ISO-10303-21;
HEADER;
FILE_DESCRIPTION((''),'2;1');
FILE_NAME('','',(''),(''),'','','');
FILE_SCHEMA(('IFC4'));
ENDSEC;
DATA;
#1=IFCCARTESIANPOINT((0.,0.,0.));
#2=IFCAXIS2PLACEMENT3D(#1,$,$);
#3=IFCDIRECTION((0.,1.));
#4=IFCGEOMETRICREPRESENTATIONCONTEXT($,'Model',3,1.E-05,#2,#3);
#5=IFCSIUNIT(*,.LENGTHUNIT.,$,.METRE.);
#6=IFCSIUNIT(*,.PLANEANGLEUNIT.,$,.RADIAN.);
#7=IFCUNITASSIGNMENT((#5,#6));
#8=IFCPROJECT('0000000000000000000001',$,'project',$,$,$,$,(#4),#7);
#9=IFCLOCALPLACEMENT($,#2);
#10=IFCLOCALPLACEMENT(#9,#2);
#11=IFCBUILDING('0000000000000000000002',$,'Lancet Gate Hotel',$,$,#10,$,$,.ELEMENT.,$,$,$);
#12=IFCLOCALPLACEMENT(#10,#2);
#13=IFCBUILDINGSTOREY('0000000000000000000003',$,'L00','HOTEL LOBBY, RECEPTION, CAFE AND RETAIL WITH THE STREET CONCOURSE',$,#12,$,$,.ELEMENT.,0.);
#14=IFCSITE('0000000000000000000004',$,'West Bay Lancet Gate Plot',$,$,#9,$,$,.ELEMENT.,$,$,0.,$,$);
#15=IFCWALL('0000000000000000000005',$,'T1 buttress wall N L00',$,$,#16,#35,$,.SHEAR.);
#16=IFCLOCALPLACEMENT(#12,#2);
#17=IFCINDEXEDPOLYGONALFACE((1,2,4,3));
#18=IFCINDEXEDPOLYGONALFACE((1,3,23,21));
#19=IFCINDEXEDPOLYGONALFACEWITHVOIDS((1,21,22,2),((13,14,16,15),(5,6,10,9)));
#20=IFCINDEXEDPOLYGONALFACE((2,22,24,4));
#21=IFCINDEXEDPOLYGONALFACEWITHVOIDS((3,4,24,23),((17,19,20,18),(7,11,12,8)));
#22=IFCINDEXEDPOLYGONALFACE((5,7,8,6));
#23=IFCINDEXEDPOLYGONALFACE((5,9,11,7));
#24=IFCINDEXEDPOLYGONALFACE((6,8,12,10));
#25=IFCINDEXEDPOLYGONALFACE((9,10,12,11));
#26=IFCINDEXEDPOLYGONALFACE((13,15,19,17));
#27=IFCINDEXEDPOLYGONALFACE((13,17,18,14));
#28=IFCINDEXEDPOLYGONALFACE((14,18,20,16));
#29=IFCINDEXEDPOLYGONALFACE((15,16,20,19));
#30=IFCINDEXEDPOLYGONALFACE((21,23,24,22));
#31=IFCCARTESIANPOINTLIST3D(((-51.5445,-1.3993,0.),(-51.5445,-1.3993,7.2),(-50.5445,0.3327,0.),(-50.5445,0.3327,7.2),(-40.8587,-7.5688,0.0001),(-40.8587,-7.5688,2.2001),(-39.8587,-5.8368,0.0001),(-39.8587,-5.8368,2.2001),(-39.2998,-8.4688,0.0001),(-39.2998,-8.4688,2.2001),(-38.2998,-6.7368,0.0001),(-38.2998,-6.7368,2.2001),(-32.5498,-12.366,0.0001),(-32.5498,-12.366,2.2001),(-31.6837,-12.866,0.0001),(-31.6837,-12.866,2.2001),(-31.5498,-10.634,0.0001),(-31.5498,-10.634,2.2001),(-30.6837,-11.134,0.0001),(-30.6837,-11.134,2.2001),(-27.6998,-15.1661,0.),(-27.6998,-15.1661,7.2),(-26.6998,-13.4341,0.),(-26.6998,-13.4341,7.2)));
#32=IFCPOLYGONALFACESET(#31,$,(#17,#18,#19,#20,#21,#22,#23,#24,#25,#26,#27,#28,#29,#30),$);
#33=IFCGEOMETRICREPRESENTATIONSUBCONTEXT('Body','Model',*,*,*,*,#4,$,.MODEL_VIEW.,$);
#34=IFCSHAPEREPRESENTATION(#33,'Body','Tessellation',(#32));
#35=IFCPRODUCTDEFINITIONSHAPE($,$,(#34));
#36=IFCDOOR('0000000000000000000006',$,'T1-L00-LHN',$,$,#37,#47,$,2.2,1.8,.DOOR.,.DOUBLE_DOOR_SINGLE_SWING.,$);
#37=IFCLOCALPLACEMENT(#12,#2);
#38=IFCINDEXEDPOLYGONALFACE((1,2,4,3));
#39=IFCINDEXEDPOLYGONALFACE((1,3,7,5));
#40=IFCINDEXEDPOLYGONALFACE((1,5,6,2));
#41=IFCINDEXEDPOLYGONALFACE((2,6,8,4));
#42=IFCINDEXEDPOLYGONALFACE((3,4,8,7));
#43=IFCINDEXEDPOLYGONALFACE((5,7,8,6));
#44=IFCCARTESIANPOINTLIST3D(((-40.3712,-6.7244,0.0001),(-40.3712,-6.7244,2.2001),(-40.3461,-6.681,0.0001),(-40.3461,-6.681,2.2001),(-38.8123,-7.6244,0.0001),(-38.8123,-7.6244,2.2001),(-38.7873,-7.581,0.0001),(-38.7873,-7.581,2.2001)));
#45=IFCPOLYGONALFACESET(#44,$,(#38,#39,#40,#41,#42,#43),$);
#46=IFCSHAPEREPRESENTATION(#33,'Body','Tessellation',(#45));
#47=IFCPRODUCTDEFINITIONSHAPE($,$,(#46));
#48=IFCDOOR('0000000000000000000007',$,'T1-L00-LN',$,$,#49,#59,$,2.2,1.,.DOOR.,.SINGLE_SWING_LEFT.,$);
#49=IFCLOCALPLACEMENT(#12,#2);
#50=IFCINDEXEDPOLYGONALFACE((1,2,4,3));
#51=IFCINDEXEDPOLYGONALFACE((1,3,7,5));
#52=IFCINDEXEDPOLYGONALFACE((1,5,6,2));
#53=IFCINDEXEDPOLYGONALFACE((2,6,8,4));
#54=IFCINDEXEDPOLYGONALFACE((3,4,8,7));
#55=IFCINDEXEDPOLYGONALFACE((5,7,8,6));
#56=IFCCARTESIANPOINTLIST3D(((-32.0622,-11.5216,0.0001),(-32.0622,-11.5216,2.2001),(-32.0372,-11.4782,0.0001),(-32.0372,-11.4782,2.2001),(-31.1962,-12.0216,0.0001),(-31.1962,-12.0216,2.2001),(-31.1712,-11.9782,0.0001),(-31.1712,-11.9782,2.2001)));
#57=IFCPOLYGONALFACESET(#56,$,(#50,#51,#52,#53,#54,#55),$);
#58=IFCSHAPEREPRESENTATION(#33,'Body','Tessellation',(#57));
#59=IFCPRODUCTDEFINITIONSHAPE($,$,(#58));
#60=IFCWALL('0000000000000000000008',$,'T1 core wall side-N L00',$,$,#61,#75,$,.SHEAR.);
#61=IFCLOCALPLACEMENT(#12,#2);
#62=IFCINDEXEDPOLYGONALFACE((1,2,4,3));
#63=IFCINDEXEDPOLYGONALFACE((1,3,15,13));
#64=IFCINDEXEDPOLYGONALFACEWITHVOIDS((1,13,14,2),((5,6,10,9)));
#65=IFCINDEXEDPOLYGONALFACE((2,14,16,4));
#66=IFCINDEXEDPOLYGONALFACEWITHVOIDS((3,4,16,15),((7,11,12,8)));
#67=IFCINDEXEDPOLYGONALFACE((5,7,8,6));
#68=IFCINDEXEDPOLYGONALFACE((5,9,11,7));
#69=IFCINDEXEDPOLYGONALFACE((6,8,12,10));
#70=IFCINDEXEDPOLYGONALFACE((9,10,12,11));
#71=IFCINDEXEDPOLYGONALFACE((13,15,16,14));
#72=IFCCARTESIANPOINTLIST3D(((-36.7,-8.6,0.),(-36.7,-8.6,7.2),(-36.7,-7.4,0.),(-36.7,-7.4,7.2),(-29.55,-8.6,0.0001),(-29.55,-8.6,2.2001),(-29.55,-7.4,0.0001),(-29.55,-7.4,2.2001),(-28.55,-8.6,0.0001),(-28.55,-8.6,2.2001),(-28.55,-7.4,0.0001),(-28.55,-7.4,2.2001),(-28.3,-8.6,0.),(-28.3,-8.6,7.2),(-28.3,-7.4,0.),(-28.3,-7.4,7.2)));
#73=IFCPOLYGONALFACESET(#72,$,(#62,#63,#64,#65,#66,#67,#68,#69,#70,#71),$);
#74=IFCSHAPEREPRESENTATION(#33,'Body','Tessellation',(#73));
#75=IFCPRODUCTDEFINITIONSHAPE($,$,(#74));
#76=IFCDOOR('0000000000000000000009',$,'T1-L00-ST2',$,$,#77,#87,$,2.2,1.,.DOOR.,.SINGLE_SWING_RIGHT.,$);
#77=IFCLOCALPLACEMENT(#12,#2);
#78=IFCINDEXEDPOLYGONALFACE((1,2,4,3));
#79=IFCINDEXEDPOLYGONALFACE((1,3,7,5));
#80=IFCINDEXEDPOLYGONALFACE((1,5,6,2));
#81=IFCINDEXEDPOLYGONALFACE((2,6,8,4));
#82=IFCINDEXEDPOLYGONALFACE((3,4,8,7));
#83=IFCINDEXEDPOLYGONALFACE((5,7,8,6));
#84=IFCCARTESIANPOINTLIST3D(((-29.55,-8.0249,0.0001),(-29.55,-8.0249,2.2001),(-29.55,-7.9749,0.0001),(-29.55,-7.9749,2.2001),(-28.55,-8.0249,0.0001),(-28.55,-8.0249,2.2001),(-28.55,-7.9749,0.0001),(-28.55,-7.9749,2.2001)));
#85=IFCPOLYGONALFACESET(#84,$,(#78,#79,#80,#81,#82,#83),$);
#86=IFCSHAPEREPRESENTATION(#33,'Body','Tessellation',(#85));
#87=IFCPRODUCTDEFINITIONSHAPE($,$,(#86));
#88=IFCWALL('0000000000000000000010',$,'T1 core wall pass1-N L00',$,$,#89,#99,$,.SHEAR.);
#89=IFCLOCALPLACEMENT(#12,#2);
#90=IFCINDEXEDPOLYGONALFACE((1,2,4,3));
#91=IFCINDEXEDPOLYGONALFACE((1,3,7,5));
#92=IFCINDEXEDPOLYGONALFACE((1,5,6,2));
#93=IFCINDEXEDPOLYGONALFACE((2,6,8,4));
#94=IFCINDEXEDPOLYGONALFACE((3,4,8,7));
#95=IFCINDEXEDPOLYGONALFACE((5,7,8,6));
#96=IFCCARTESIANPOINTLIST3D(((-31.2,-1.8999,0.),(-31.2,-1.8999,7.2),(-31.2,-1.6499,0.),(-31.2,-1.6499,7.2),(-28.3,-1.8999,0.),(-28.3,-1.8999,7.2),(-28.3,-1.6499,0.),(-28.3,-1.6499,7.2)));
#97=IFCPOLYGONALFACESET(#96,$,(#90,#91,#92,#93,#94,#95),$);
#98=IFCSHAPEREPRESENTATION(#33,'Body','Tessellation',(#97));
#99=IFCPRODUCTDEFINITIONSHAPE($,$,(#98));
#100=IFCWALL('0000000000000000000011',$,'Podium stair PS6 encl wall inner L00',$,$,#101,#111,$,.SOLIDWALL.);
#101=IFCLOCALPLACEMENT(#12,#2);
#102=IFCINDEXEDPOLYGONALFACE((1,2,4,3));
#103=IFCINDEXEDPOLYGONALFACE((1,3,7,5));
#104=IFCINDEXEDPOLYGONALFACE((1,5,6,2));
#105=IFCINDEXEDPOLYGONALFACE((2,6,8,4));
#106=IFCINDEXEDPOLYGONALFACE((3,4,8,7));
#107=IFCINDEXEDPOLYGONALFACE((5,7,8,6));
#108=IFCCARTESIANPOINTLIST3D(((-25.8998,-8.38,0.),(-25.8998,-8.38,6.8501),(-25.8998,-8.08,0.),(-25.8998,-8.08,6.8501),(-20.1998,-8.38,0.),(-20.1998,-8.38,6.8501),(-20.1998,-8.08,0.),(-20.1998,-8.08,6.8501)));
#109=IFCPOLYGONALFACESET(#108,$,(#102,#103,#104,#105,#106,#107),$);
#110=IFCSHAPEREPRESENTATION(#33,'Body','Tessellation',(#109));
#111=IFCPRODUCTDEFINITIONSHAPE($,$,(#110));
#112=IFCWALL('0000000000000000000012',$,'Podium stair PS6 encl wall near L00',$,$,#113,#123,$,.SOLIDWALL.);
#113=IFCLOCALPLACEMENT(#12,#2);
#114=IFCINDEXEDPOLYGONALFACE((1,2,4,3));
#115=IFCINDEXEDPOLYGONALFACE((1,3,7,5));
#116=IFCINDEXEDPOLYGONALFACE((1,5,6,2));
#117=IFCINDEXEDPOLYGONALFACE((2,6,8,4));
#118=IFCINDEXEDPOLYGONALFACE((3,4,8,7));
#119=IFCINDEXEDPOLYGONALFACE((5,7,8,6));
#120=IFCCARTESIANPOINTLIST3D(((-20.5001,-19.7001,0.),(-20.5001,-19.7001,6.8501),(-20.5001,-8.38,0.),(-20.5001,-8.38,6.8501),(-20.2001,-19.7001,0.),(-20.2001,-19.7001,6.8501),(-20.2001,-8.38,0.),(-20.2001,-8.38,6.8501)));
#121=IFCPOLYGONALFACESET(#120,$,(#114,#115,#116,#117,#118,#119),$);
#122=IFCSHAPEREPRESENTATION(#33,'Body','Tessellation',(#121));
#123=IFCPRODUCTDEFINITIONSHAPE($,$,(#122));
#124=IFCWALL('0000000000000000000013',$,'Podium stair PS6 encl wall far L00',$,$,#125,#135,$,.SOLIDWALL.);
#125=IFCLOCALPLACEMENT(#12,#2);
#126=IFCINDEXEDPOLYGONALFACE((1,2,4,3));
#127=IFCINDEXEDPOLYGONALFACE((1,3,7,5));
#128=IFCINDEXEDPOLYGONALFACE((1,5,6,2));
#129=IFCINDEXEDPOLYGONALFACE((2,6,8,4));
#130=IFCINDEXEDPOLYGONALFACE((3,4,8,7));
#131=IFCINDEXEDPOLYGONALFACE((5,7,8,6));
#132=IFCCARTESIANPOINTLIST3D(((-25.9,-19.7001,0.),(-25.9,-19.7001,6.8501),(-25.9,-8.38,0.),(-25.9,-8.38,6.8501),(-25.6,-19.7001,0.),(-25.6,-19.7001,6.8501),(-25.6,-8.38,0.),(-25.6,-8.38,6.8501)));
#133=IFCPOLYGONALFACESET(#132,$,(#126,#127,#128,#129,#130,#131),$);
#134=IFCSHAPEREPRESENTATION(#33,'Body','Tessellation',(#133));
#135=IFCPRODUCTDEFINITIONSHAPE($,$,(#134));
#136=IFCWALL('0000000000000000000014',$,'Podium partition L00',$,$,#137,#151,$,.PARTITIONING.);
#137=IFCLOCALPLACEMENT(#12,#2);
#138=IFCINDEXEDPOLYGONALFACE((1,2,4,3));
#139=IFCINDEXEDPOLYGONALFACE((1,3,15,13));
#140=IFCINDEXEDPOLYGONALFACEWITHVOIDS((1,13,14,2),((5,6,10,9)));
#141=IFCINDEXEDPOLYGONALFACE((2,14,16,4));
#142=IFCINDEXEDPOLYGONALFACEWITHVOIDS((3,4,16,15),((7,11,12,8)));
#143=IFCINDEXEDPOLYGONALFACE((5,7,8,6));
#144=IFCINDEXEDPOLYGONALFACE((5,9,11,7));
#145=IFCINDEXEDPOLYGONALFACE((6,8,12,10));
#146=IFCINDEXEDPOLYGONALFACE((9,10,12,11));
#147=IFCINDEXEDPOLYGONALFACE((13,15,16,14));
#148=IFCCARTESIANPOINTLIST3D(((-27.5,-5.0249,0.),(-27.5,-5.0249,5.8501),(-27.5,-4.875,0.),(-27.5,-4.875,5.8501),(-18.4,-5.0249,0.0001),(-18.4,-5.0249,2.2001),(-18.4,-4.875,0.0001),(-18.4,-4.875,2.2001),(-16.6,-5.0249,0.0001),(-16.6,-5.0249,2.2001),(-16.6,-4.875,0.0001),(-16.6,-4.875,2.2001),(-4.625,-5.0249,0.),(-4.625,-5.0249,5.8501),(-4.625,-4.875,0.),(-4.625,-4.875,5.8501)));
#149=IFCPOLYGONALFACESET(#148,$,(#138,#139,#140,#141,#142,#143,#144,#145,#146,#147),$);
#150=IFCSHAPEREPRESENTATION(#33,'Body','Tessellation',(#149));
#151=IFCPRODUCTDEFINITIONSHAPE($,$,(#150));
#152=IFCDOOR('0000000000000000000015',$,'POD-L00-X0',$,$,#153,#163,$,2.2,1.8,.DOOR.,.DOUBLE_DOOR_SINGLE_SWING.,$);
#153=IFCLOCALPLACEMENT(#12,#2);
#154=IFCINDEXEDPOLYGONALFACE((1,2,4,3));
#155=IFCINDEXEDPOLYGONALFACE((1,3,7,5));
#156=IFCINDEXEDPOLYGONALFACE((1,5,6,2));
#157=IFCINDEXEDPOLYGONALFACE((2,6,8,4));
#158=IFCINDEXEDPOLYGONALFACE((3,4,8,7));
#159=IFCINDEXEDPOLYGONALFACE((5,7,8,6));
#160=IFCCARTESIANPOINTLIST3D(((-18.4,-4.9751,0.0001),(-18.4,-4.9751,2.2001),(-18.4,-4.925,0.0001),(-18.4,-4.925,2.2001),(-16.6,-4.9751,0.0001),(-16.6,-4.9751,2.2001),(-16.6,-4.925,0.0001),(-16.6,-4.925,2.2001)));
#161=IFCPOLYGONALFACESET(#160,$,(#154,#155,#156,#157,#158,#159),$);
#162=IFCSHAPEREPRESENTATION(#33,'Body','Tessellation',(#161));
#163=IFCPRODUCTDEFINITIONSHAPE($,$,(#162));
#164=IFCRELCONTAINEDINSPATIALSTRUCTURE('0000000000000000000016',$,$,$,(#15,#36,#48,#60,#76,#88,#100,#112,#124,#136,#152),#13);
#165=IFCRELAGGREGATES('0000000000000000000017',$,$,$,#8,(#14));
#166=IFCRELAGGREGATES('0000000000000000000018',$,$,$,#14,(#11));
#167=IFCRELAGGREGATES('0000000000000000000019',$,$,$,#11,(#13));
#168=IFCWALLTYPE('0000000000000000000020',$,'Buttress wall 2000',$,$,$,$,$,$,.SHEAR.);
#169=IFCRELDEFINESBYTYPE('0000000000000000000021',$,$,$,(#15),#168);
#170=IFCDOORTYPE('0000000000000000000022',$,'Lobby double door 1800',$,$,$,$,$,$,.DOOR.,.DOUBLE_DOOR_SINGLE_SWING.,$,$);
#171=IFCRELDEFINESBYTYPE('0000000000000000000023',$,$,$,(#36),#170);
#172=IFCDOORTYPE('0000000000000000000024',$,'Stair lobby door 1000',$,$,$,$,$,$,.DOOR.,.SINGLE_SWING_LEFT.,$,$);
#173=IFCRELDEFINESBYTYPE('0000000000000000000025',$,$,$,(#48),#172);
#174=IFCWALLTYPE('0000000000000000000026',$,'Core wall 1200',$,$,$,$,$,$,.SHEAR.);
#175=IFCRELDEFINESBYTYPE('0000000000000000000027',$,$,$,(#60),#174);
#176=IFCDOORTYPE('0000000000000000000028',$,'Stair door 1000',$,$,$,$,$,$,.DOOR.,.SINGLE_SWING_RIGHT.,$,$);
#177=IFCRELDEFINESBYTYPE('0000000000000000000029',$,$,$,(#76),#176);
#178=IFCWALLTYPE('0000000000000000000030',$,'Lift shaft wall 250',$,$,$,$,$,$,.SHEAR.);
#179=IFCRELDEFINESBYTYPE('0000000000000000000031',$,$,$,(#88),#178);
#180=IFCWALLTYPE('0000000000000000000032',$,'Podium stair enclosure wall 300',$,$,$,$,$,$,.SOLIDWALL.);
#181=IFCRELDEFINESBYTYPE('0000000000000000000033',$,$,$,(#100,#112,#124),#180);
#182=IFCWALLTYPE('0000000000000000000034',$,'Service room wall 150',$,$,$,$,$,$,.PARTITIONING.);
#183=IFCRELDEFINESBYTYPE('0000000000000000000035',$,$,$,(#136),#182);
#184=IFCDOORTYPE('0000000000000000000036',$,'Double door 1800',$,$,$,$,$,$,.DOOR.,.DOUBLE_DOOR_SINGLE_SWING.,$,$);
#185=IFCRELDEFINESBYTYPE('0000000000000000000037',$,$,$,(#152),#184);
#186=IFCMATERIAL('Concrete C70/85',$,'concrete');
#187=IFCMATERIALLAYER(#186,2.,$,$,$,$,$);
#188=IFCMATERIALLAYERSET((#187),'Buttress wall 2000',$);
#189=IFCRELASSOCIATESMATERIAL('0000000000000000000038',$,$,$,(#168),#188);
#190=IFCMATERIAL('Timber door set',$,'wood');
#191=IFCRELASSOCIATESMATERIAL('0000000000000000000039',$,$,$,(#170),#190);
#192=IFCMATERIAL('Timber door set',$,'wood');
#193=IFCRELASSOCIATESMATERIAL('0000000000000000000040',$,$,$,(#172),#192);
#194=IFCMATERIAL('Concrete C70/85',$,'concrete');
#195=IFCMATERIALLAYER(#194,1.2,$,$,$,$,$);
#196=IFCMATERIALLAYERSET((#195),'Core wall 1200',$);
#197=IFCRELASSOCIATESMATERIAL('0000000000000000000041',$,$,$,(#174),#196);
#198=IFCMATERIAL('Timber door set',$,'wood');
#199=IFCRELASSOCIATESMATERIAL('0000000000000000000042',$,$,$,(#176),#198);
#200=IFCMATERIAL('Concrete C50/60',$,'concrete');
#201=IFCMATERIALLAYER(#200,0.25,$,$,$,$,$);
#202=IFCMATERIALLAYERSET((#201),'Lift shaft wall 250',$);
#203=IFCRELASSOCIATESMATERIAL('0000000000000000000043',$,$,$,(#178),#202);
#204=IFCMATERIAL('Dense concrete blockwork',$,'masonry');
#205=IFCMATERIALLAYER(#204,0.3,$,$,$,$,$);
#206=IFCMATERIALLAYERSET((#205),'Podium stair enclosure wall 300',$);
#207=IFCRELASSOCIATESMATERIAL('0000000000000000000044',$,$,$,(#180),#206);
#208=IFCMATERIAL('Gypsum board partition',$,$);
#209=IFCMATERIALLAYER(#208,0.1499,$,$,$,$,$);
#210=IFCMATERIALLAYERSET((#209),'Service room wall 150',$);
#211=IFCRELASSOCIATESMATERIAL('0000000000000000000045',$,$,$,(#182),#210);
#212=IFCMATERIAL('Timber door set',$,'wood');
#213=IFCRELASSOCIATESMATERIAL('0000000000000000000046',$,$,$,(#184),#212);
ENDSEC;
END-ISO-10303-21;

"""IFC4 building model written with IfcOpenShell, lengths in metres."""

from ifc_helpers import new_model, si_unit, direction, frame, frame_2d, origin, place, context, subcontext, project, spatial, rectangle, extrude, material, layer, layer_set, type_object, element, fill, save


model = new_model("IFC4")

# Units and contexts
model_context = context("Model", 3, precision=1e-05, world=origin(), true_north=direction((0.0, 1.0)))
body_context = subcontext(model_context, "Body", "Model", "MODEL_VIEW")
ifc_project = project(units=[si_unit("LENGTHUNIT", "METRE"), si_unit("PLANEANGLEUNIT", "RADIAN")], contexts=[model_context])

# Site, building, storey
site_placement = place(None, origin())
site = spatial("IfcSite", under=ifc_project, at=site_placement, Name="West Bay Lancet Gate Plot", CompositionType="ELEMENT", RefElevation=0.0)
building_placement = place(site_placement, origin())
building = spatial("IfcBuilding", under=site, at=building_placement, Name="Lancet Gate Hotel", CompositionType="ELEMENT")
storey_placement = place(building_placement, origin())
storey = spatial("IfcBuildingStorey", under=building, at=storey_placement, Name="L00", Description="HOTEL LOBBY, RECEPTION, CAFE AND RETAIL WITH THE STREET CONCOURSE", CompositionType="ELEMENT", Elevation=0.0)

# Wall, openings, doors
ifc_material_1 = material(Name="Concrete C70/85", Category="concrete")
ifc_layer_1 = layer(ifc_material_1, 2.0)
ifc_layer_set_1 = layer_set([ifc_layer_1], Name="Buttress wall 2000")
wall_type_1 = type_object("IfcWallType", Name="Buttress wall 2000", PredefinedType="SHEAR", material=ifc_layer_set_1)
wall_1_placement = place(storey_placement, frame((-27.2, -14.3, 0.0), z_axis=(0.0, 0.0, 1.0), x_axis=(-0.866024, 0.500002, 0.0)))
wall_1 = element("IfcWall", 1, at=wall_1_placement, inside=storey, type_object=wall_type_1, Name="T1 buttress wall N L00", PredefinedType="SHEAR", context=body_context, shape_type="SweptSolid", body=[
    extrude(rectangle(XDim=27.5334, YDim=2.0, at=frame_2d((13.7666, 0.0))), origin(), (0.0, 0.0, 1.0), 7.2),
])
opening_1_placement = place(wall_1_placement, frame((4.6001, 0.0, 0.0)))
opening_1 = element("IfcOpeningElement", 2, at=opening_1_placement, cuts=wall_1, PredefinedType="OPENING", context=body_context, shape_type="SweptSolid", body=[
    extrude(rectangle(XDim=1.0, YDim=2.2, at=frame_2d((0.5, 1.1001))), frame((0.0, 1.01, 0.0), z_axis=(0.0, -1.0, 0.0), x_axis=(1.0, 0.0, 0.0)), (0.0, 0.0, 1.0), 2.02),
])
opening_2_placement = place(wall_1_placement, frame((13.3945, 0.0, 0.0)))
opening_2 = element("IfcOpeningElement", 3, at=opening_2_placement, cuts=wall_1, PredefinedType="OPENING", context=body_context, shape_type="SweptSolid", body=[
    extrude(rectangle(XDim=1.8, YDim=2.2, at=frame_2d((0.8999, 1.1001))), frame((0.0, 1.01, 0.0), z_axis=(0.0, -1.0, 0.0), x_axis=(1.0, 0.0, 0.0)), (0.0, 0.0, 1.0), 2.02),
])
ifc_material_2 = material(Name="Timber door set", Category="wood")
door_type_1 = type_object("IfcDoorType", Name="Lobby double door 1800", OperationType="DOUBLE_DOOR_SINGLE_SWING", PredefinedType="DOOR", material=ifc_material_2)
door_1_placement = place(opening_2_placement, origin())
door_1 = element("IfcDoor", 4, at=door_1_placement, inside=storey, type_object=door_type_1, Name="T1-L00-LHN", OperationType="DOUBLE_DOOR_SINGLE_SWING", OverallHeight=2.2, OverallWidth=1.8, PredefinedType="DOOR", context=body_context, shape_type="SweptSolid", body=[
    extrude(rectangle(XDim=1.8, YDim=2.2, at=frame_2d((0.8999, 1.1001))), frame((0.0, 0.0249, 0.0), z_axis=(0.0, -1.0, 0.0), x_axis=(1.0, 0.0, 0.0)), (0.0, 0.0, 1.0), 0.05),
])
fill(opening_2, door_1)
ifc_material_3 = material(Name="Timber door set", Category="wood")
door_type_2 = type_object("IfcDoorType", Name="Stair lobby door 1000", OperationType="SINGLE_SWING_LEFT", PredefinedType="DOOR", material=ifc_material_3)
door_2_placement = place(opening_1_placement, origin())
door_2 = element("IfcDoor", 5, at=door_2_placement, inside=storey, type_object=door_type_2, Name="T1-L00-LN", OperationType="SINGLE_SWING_LEFT", OverallHeight=2.2, OverallWidth=1.0, PredefinedType="DOOR", context=body_context, shape_type="SweptSolid", body=[
    extrude(rectangle(XDim=1.0, YDim=2.2, at=frame_2d((0.5, 1.1001))), frame((0.0, 0.0249, 0.0), z_axis=(0.0, -1.0, 0.0), x_axis=(1.0, 0.0, 0.0)), (0.0, 0.0, 1.0), 0.05),
])
fill(opening_1, door_2)

# Wall, opening, door
ifc_material_4 = material(Name="Concrete C70/85", Category="concrete")
ifc_layer_2 = layer(ifc_material_4, 1.2)
ifc_layer_set_2 = layer_set([ifc_layer_2], Name="Core wall 1200")
wall_type_2 = type_object("IfcWallType", Name="Core wall 1200", PredefinedType="SHEAR", material=ifc_layer_set_2)
wall_2_placement = place(storey_placement, frame((-28.3, -8.0, 0.0), z_axis=(0.0, 0.0, 1.0), x_axis=(-1.0, 0.0, 0.0)))
wall_2 = element("IfcWall", 6, at=wall_2_placement, inside=storey, type_object=wall_type_2, Name="T1 core wall side-N L00", PredefinedType="SHEAR", context=body_context, shape_type="SweptSolid", body=[
    extrude(rectangle(XDim=8.3999, YDim=1.2, at=frame_2d((4.2, 0.0))), origin(), (0.0, 0.0, 1.0), 7.2),
])
opening_3_placement = place(wall_2_placement, frame((0.25, 0.0, 0.0)))
opening_3 = element("IfcOpeningElement", 7, at=opening_3_placement, cuts=wall_2, PredefinedType="OPENING", context=body_context, shape_type="SweptSolid", body=[
    extrude(rectangle(XDim=1.0, YDim=2.2, at=frame_2d((0.5, 1.1001))), frame((0.0, 0.6099, 0.0), z_axis=(0.0, -1.0, 0.0), x_axis=(1.0, 0.0, 0.0)), (0.0, 0.0, 1.0), 1.22),
])
ifc_material_5 = material(Name="Timber door set", Category="wood")
door_type_3 = type_object("IfcDoorType", Name="Stair door 1000", OperationType="SINGLE_SWING_RIGHT", PredefinedType="DOOR", material=ifc_material_5)
door_3_placement = place(opening_3_placement, origin())
door_3 = element("IfcDoor", 8, at=door_3_placement, inside=storey, type_object=door_type_3, Name="T1-L00-ST2", OperationType="SINGLE_SWING_RIGHT", OverallHeight=2.2, OverallWidth=1.0, PredefinedType="DOOR", context=body_context, shape_type="SweptSolid", body=[
    extrude(rectangle(XDim=1.0, YDim=2.2, at=frame_2d((0.5, 1.1001))), frame((0.0, 0.0249, 0.0), z_axis=(0.0, -1.0, 0.0), x_axis=(1.0, 0.0, 0.0)), (0.0, 0.0, 1.0), 0.05),
])
fill(opening_3, door_3)

# Walls
ifc_material_6 = material(Name="Concrete C50/60", Category="concrete")
ifc_layer_3 = layer(ifc_material_6, 0.25)
ifc_layer_set_3 = layer_set([ifc_layer_3], Name="Lift shaft wall 250")
wall_type_3 = type_object("IfcWallType", Name="Lift shaft wall 250", PredefinedType="SHEAR", material=ifc_layer_set_3)
wall_3_placement = place(storey_placement, frame((-28.3, -1.7749, 0.0), z_axis=(0.0, 0.0, 1.0), x_axis=(-1.0, 0.0, 0.0)))
element("IfcWall", 9, at=wall_3_placement, inside=storey, type_object=wall_type_3, Name="T1 core wall pass1-N L00", PredefinedType="SHEAR", context=body_context, shape_type="SweptSolid", body=[
    extrude(rectangle(XDim=2.8999, YDim=0.25, at=frame_2d((1.45, 0.0))), origin(), (0.0, 0.0, 1.0), 7.2),
])
ifc_material_7 = material(Name="Dense concrete blockwork", Category="masonry")
ifc_layer_4 = layer(ifc_material_7, 0.3)
ifc_layer_set_4 = layer_set([ifc_layer_4], Name="Podium stair enclosure wall 300")
wall_type_4 = type_object("IfcWallType", Name="Podium stair enclosure wall 300", PredefinedType="SOLIDWALL", material=ifc_layer_set_4)
wall_4_placement = place(storey_placement, frame((-25.8999, -8.23, 0.0), z_axis=(0.0, 0.0, 1.0), x_axis=(1.0, 0.0, 0.0)))
element("IfcWall", 10, at=wall_4_placement, inside=storey, type_object=wall_type_4, Name="Podium stair PS6 encl wall inner L00", PredefinedType="SOLIDWALL", context=body_context, shape_type="SweptSolid", body=[
    extrude(rectangle(XDim=5.7, YDim=0.3, at=frame_2d((2.8501, 0.0))), origin(), (0.0, 0.0, 1.0), 6.8501),
])
for number, where, z_axis, x_axis, name in (
    (11, (-20.3501, -8.3799, 0.0), (0.0, 0.0, 1.0), (0.0, -1.0, 0.0), "Podium stair PS6 encl wall near L00"),
    (12, (-25.75, -8.3799, 0.0), (0.0, 0.0, 1.0), (0.0, -1.0, 0.0), "Podium stair PS6 encl wall far L00"),
):
    element("IfcWall", number, at=place(storey_placement, frame(where, z_axis=z_axis, x_axis=x_axis)), inside=storey, type_object=wall_type_4, Name=name, PredefinedType="SOLIDWALL", context=body_context, shape_type="SweptSolid", body=[
        extrude(rectangle(XDim=11.3201, YDim=0.3, at=frame_2d((5.6602, 0.0))), origin(), (0.0, 0.0, 1.0), 6.8501),
    ])

# Wall, opening, door
ifc_material_8 = material(Name="Gypsum board partition")
ifc_layer_5 = layer(ifc_material_8, 0.1499)
ifc_layer_set_5 = layer_set([ifc_layer_5], Name="Service room wall 150")
wall_type_5 = type_object("IfcWallType", Name="Service room wall 150", PredefinedType="PARTITIONING", material=ifc_layer_set_5)
wall_5_placement = place(storey_placement, frame((-27.5, -4.95, 0.0), z_axis=(0.0, 0.0, 1.0), x_axis=(1.0, 0.0, 0.0)))
wall_5 = element("IfcWall", 13, at=wall_5_placement, inside=storey, type_object=wall_type_5, Name="Podium partition L00", PredefinedType="PARTITIONING", context=body_context, shape_type="SweptSolid", body=[
    extrude(rectangle(XDim=22.875, YDim=0.1499, at=frame_2d((11.4375, 0.0))), origin(), (0.0, 0.0, 1.0), 5.8501),
])
opening_4_placement = place(wall_5_placement, frame((9.1001, 0.0, 0.0)))
opening_4 = element("IfcOpeningElement", 14, at=opening_4_placement, cuts=wall_5, PredefinedType="OPENING", context=body_context, shape_type="SweptSolid", body=[
    extrude(rectangle(XDim=1.8, YDim=2.2, at=frame_2d((0.8999, 1.1001))), frame((0.0, 0.085, 0.0), z_axis=(0.0, -1.0, 0.0), x_axis=(1.0, 0.0, 0.0)), (0.0, 0.0, 1.0), 0.1699),
])
ifc_material_9 = material(Name="Timber door set", Category="wood")
door_type_4 = type_object("IfcDoorType", Name="Double door 1800", OperationType="DOUBLE_DOOR_SINGLE_SWING", PredefinedType="DOOR", material=ifc_material_9)
door_4_placement = place(opening_4_placement, origin())
door_4 = element("IfcDoor", 15, at=door_4_placement, inside=storey, type_object=door_type_4, Name="POD-L00-X0", OperationType="DOUBLE_DOOR_SINGLE_SWING", OverallHeight=2.2, OverallWidth=1.8, PredefinedType="DOOR", context=body_context, shape_type="SweptSolid", body=[
    extrude(rectangle(XDim=1.8, YDim=2.2, at=frame_2d((0.8999, 1.1001))), frame((0.0, 0.0249, 0.0), z_axis=(0.0, -1.0, 0.0), x_axis=(1.0, 0.0, 0.0)), (0.0, 0.0, 1.0), 0.05),
])
fill(opening_4, door_4)

save(model, "model.ifc")
